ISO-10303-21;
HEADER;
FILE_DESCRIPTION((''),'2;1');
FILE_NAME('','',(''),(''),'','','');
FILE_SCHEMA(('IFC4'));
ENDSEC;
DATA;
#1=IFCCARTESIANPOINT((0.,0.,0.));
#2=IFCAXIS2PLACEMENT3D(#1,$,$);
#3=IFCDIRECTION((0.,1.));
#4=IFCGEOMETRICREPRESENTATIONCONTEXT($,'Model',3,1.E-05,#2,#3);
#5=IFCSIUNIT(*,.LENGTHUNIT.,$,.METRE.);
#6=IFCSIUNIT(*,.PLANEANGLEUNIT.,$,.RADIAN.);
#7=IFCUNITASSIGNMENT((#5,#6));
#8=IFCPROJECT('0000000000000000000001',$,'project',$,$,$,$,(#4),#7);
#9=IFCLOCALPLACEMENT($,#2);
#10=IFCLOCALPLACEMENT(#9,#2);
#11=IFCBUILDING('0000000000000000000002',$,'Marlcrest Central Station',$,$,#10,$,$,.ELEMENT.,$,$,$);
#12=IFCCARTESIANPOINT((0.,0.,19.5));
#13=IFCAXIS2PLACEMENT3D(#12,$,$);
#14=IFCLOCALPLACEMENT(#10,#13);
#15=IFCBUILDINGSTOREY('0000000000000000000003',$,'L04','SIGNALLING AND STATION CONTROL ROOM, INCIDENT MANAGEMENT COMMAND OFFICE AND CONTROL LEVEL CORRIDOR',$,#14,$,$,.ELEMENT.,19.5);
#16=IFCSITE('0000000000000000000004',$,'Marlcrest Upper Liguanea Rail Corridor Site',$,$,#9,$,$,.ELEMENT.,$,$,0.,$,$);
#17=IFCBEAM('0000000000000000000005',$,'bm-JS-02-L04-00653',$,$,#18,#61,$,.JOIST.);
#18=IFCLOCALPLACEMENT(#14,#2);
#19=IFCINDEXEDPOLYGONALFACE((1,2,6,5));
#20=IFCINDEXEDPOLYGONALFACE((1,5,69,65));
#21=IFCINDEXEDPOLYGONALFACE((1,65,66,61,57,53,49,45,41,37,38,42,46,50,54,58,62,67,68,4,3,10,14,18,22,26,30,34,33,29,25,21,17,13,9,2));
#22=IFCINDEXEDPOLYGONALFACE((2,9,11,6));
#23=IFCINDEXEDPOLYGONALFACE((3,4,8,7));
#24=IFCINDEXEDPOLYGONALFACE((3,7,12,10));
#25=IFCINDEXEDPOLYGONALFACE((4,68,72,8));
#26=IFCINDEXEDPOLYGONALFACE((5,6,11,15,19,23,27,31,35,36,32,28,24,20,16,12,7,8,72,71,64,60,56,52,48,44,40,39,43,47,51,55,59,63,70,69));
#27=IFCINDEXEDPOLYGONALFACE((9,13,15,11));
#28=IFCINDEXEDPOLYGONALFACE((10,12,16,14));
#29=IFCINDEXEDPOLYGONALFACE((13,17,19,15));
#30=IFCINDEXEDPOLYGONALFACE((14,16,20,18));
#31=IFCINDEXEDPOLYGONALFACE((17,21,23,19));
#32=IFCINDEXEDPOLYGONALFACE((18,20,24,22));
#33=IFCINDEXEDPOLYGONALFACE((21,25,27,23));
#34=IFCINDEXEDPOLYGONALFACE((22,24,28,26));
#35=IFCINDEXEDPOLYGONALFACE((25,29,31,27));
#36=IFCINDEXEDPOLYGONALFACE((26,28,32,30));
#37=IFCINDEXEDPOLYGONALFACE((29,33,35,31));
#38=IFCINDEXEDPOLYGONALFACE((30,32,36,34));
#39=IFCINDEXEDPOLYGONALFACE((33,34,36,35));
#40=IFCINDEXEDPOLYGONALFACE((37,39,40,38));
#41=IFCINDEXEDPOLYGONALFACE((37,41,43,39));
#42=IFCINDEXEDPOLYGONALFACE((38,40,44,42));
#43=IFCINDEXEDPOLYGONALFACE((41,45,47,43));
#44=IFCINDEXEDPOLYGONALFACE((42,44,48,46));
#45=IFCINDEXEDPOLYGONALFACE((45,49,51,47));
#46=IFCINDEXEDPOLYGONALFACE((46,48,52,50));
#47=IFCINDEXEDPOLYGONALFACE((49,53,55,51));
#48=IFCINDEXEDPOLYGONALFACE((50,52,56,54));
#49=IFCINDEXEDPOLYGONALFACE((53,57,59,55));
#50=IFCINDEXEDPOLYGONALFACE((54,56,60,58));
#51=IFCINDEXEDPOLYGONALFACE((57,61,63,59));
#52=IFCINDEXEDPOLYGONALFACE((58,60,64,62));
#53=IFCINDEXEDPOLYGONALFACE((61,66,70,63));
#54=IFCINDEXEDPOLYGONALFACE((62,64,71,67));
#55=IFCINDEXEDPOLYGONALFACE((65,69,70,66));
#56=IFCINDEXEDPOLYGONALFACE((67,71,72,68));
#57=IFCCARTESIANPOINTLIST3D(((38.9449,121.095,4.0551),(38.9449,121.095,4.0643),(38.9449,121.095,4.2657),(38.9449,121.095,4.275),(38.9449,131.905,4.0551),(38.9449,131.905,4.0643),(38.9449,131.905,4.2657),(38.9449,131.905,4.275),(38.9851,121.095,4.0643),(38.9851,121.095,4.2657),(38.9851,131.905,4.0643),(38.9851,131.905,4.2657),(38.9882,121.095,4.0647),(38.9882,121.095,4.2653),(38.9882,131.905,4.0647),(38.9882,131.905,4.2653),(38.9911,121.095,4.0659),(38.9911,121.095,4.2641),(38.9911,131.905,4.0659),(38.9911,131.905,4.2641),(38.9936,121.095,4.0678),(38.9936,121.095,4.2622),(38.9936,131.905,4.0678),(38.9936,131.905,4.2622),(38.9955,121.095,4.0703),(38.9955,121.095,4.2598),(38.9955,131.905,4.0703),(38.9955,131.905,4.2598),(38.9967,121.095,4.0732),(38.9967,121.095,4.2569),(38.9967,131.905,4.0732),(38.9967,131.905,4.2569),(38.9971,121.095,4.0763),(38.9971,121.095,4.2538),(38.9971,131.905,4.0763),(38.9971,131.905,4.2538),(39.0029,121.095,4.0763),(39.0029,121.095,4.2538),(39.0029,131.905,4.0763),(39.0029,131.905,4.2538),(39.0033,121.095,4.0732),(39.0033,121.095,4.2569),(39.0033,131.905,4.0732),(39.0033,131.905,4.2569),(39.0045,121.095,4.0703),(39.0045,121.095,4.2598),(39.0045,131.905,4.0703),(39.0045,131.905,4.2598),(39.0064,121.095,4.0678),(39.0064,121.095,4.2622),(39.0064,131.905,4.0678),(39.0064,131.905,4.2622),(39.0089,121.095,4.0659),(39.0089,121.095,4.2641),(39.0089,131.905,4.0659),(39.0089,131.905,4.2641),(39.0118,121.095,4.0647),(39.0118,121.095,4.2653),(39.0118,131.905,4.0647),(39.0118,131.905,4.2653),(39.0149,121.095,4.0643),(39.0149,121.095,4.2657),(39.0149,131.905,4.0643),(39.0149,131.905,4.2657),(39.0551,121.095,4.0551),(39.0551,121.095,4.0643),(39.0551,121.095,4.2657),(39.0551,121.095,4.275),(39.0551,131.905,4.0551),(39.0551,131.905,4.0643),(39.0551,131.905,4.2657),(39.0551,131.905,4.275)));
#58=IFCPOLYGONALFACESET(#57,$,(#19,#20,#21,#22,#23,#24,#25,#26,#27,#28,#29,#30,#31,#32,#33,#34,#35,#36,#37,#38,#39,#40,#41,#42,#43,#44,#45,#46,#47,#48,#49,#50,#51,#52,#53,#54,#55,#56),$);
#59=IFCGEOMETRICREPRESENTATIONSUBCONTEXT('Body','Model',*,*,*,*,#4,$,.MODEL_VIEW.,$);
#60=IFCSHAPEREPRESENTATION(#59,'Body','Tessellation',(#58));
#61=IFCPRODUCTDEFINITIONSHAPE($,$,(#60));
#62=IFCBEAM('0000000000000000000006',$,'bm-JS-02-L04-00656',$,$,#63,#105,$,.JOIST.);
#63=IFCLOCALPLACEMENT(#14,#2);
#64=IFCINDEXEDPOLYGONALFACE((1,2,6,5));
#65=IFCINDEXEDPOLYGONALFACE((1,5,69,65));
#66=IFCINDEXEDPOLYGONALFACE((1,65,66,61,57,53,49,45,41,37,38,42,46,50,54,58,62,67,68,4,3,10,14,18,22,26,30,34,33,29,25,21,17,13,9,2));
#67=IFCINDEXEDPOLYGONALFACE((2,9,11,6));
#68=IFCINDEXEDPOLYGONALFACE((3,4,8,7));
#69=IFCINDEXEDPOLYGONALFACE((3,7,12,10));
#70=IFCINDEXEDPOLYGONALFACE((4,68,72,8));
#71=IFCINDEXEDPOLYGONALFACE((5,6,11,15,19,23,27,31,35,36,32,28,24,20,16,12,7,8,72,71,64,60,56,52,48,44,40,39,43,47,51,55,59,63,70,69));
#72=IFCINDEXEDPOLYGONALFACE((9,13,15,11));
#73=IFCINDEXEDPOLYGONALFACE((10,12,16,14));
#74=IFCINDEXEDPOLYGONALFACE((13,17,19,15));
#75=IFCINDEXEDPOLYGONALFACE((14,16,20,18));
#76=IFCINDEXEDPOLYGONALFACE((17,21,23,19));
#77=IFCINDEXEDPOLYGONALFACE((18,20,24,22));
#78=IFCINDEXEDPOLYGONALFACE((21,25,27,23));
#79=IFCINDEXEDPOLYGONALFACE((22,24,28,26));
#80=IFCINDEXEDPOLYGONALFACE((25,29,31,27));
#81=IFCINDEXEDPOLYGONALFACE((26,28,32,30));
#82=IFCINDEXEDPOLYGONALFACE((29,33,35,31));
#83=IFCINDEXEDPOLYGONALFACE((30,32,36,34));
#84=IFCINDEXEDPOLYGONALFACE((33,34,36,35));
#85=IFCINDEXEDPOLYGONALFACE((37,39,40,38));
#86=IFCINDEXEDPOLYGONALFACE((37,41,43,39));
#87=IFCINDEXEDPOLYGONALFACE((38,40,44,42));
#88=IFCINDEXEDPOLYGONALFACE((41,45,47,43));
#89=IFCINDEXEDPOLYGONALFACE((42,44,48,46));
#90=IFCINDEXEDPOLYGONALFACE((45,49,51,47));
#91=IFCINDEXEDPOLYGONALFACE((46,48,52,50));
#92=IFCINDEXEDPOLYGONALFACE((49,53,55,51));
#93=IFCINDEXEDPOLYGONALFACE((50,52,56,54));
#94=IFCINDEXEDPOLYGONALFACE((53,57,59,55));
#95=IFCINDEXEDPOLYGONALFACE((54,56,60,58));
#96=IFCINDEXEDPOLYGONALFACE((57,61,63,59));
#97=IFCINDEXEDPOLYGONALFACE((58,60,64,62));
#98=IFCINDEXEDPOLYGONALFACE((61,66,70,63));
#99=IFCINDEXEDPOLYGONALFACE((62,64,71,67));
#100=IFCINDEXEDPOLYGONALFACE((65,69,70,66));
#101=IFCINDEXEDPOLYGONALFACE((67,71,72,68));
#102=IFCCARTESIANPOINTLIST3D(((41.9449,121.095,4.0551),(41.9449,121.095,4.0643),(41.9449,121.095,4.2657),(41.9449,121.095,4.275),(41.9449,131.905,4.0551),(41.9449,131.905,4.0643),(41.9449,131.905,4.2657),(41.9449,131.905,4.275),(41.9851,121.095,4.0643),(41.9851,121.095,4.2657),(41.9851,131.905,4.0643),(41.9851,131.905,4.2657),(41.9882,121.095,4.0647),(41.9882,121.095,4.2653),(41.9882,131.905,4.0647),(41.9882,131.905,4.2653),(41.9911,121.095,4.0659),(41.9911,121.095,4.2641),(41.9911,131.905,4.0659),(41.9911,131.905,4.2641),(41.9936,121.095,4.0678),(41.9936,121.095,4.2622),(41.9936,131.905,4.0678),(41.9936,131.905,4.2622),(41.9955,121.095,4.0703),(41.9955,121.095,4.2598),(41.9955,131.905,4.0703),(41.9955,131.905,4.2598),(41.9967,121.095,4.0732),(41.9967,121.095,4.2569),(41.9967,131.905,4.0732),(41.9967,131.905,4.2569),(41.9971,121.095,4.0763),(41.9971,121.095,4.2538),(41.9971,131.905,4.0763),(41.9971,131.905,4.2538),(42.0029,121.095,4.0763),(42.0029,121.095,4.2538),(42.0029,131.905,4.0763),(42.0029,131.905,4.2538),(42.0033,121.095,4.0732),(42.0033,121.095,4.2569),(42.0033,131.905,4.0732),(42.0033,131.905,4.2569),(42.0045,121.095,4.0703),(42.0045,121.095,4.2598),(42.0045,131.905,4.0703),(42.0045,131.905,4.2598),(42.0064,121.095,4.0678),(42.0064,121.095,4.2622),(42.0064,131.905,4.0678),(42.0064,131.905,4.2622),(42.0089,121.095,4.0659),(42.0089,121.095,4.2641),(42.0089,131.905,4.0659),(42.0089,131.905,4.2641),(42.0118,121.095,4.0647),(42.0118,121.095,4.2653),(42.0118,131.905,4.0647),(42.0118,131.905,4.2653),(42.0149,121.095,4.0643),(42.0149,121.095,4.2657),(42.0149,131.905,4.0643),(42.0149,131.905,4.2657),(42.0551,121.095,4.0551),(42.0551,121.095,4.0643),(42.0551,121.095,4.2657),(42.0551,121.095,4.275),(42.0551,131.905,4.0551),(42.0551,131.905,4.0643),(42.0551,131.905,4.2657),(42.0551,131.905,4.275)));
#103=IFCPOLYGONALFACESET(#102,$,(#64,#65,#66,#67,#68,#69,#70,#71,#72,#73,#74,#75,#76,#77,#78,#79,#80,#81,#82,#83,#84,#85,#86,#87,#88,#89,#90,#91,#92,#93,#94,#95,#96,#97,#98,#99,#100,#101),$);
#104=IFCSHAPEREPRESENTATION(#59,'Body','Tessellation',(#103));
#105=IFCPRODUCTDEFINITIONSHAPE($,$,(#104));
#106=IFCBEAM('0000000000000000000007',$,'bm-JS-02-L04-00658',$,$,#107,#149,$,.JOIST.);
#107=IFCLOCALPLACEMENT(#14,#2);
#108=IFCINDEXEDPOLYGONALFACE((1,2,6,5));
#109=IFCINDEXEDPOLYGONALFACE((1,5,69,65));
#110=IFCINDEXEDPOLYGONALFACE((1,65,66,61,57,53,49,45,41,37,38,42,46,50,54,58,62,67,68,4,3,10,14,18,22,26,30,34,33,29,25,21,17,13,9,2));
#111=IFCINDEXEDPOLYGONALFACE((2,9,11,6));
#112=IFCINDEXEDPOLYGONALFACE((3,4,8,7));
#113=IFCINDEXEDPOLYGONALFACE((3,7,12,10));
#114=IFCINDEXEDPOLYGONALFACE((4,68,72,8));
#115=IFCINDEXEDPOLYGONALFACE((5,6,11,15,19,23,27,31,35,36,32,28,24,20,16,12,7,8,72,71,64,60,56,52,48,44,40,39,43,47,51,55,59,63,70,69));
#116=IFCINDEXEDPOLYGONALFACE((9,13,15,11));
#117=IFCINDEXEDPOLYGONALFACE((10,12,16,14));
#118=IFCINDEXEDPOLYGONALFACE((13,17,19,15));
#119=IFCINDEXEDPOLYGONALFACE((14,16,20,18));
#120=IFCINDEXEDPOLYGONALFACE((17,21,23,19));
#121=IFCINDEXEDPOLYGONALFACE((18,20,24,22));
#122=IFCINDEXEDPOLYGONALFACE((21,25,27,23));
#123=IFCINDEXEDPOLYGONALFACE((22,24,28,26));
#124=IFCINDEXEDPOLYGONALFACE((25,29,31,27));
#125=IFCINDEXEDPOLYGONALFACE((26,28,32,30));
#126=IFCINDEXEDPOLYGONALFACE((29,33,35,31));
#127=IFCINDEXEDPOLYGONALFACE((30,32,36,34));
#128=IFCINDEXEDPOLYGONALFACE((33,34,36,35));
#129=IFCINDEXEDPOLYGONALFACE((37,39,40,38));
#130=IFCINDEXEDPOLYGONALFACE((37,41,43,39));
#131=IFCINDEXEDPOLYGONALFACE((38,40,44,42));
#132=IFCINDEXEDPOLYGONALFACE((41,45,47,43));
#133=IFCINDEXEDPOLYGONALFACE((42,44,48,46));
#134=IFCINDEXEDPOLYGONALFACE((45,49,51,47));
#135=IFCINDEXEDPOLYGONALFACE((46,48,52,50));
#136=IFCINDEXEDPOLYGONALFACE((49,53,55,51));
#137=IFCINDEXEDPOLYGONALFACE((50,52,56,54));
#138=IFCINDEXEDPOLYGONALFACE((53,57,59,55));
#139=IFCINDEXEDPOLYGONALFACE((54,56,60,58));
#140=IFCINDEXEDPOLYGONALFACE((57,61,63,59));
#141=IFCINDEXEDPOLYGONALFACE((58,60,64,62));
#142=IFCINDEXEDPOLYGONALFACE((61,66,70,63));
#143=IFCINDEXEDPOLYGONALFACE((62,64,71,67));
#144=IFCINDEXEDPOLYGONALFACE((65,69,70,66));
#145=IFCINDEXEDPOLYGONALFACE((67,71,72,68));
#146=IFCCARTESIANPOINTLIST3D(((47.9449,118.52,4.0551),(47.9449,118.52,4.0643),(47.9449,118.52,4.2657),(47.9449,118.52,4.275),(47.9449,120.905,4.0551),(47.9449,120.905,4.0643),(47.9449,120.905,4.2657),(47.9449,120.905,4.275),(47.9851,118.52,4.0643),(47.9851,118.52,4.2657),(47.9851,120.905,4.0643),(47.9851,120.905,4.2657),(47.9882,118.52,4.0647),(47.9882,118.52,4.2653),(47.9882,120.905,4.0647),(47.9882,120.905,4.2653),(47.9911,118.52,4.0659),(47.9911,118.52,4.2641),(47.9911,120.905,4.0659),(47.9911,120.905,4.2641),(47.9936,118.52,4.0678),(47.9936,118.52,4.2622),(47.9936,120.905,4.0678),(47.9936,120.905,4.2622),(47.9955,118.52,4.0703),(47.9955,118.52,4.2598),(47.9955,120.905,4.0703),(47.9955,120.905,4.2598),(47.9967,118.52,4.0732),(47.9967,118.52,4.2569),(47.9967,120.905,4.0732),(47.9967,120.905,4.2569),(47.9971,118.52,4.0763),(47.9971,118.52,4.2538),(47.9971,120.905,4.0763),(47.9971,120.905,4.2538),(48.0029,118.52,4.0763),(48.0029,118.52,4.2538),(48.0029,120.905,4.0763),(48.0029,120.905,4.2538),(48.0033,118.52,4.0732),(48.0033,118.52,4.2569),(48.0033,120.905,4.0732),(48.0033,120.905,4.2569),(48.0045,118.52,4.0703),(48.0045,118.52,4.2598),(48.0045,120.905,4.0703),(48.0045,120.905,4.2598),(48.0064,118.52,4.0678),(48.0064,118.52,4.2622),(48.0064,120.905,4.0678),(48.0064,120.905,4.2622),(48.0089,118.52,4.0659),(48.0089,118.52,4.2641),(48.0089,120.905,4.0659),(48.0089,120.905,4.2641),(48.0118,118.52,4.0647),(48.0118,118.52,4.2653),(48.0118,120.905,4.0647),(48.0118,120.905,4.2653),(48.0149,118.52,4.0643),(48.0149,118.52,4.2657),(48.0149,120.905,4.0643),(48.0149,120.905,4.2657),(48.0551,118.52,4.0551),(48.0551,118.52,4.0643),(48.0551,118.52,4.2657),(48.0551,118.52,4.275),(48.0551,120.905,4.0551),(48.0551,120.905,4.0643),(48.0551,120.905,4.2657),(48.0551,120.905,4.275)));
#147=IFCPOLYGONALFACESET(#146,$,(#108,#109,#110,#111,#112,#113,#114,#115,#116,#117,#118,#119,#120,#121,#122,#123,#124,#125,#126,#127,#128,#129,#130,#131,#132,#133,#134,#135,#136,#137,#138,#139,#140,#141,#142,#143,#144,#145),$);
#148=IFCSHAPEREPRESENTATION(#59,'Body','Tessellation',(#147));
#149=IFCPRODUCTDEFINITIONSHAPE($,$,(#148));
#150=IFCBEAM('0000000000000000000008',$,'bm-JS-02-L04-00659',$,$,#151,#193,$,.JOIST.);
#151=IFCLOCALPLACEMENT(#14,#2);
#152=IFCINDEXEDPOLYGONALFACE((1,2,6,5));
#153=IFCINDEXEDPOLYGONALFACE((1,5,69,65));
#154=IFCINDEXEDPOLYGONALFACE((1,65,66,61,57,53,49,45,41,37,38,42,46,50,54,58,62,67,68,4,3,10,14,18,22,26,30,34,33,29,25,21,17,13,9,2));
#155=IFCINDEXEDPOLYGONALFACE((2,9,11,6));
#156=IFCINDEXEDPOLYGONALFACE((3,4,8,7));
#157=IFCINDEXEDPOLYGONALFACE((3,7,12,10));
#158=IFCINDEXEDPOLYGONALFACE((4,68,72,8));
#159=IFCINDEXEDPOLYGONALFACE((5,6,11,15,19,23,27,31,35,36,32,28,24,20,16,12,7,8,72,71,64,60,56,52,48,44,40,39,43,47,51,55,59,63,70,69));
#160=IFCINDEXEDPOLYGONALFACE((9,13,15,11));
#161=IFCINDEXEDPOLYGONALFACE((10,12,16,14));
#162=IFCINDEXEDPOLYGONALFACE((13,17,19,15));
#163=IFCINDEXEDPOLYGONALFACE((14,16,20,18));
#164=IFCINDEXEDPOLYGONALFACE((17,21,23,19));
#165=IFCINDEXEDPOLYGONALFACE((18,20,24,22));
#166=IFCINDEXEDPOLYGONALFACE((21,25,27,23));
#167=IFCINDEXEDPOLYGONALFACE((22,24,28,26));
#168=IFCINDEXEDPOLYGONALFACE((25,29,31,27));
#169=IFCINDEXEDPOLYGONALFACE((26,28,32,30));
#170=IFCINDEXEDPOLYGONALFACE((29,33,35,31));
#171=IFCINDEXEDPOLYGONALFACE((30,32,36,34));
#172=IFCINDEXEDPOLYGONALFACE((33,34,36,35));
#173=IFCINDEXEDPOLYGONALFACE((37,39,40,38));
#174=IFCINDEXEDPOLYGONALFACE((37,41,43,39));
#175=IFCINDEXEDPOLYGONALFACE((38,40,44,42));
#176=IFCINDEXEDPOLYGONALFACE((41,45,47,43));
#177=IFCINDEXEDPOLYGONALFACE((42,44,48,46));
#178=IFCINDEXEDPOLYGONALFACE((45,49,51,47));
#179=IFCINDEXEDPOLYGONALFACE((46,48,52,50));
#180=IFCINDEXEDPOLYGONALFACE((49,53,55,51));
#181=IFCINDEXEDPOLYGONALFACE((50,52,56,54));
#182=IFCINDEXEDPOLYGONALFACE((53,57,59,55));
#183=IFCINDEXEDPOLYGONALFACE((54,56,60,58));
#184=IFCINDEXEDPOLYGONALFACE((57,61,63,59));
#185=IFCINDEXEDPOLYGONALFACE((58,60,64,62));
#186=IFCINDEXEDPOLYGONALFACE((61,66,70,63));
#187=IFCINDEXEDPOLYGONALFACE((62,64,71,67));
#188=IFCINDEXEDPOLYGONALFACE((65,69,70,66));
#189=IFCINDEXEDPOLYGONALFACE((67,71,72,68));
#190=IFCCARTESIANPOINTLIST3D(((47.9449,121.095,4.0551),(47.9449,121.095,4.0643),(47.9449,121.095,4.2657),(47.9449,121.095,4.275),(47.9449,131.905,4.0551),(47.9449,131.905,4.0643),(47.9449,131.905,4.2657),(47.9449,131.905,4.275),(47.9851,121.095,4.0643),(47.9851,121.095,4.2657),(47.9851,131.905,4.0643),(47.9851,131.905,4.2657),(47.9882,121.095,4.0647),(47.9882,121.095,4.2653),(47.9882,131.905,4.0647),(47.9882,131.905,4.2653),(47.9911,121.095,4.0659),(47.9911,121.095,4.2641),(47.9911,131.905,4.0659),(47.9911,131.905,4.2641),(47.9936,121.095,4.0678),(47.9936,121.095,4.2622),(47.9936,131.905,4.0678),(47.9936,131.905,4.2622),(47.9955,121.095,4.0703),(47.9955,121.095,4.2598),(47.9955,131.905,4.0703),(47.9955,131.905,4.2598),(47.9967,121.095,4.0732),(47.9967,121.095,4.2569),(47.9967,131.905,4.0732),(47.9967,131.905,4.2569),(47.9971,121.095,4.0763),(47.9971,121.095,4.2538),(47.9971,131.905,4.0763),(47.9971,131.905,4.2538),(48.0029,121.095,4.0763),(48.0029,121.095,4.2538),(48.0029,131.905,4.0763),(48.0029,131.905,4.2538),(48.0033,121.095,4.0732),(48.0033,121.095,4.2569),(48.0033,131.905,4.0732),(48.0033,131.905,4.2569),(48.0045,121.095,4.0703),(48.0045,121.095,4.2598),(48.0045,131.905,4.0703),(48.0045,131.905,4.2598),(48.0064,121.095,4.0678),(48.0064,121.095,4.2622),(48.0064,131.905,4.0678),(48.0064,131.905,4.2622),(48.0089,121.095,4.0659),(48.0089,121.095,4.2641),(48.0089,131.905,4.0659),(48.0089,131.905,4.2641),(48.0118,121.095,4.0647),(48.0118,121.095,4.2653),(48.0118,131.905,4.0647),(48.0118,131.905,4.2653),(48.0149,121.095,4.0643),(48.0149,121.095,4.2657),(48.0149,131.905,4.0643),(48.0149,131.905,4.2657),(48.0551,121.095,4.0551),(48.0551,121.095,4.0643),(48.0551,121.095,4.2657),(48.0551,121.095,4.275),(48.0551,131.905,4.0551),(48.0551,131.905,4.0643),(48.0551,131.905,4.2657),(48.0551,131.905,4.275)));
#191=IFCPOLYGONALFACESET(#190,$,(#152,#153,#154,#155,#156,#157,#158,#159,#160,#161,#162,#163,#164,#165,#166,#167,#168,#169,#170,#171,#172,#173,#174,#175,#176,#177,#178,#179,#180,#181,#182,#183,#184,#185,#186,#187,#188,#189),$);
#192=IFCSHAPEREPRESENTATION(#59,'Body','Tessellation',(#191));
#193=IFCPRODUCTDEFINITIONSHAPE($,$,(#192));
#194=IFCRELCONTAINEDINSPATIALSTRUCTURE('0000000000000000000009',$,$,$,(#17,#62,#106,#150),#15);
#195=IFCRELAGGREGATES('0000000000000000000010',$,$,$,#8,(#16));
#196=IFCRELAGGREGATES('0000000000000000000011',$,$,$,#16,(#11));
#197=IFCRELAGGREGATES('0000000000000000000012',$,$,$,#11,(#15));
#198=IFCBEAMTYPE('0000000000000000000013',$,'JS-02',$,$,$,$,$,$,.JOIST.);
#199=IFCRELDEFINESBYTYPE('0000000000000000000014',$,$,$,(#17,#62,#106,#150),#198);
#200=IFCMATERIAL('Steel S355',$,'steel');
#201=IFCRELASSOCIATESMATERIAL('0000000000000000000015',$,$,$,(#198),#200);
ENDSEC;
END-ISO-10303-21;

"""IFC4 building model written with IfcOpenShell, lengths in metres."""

from ifc_helpers import new_model, si_unit, direction, frame, origin, origin_2d, place, context, subcontext, project, spatial, i_section, extrude, material, material_profile, profile_set, type_object, element, save


model = new_model("IFC4")

# Units and contexts
model_context = context("Model", 3, precision=1e-05, world=origin(), true_north=direction((0.0, 1.0)))
body_context = subcontext(model_context, "Body", "Model", "MODEL_VIEW")
ifc_project = project(units=[si_unit("LENGTHUNIT", "METRE"), si_unit("PLANEANGLEUNIT", "RADIAN")], contexts=[model_context])

# Site, building, storey
site_placement = place(None, origin())
site = spatial("IfcSite", under=ifc_project, at=site_placement, Name="Marlcrest Upper Liguanea Rail Corridor Site", CompositionType="ELEMENT", RefElevation=0.0)
building_placement = place(site_placement, origin())
building = spatial("IfcBuilding", under=site, at=building_placement, Name="Marlcrest Central Station", CompositionType="ELEMENT")
storey_placement = place(building_placement, frame((0.0, 0.0, 19.5)))
storey = spatial("IfcBuildingStorey", under=building, at=storey_placement, Name="L04", Description="SIGNALLING AND STATION CONTROL ROOM, INCIDENT MANAGEMENT COMMAND OFFICE AND CONTROL LEVEL CORRIDOR", CompositionType="ELEMENT", Elevation=19.5)

# Shared definitions
ifc_material_1 = material(Name="Steel S355", Category="steel")

# Beams
ifc_material_profile_1 = material_profile(ifc_material_1, i_section(OverallWidth=0.1101, OverallDepth=0.22, WebThickness=0.0059, FlangeThickness=0.0093, FilletRadius=0.012, at=origin_2d()), Name="IPE 220")
ifc_profile_set_1 = profile_set([ifc_material_profile_1], Name="Steel S355")
beam_type_1 = type_object("IfcBeamType", Name="JS-02", PredefinedType="JOIST", material=ifc_profile_set_1)
for number, where, z_axis, x_axis, name in (
    (1, (39.0, 121.095, 4.165), (0.0, 1.0, 0.0), (-1.0, 0.0, 0.0), "bm-JS-02-L04-00653"),
    (2, (42.0, 121.095, 4.165), (0.0, 1.0, 0.0), (-1.0, 0.0, 0.0), "bm-JS-02-L04-00656"),
):
    element("IfcBeam", number, at=place(storey_placement, frame(where, z_axis=z_axis, x_axis=x_axis)), inside=storey, type_object=beam_type_1, Name=name, PredefinedType="JOIST", context=body_context, shape_type="SweptSolid", body=[
        extrude(i_section(OverallWidth=0.1101, OverallDepth=0.22, WebThickness=0.0059, FlangeThickness=0.0093, FilletRadius=0.012, at=origin_2d()), origin(), (0.0, 0.0, 1.0), 10.8101),
    ])
beam_1_placement = place(storey_placement, frame((48.0, 118.52, 4.165), z_axis=(0.0, 1.0, 0.0), x_axis=(-1.0, 0.0, 0.0)))
element("IfcBeam", 3, at=beam_1_placement, inside=storey, type_object=beam_type_1, Name="bm-JS-02-L04-00658", PredefinedType="JOIST", context=body_context, shape_type="SweptSolid", body=[
    extrude(i_section(OverallWidth=0.1101, OverallDepth=0.22, WebThickness=0.0059, FlangeThickness=0.0093, FilletRadius=0.012, at=origin_2d()), origin(), (0.0, 0.0, 1.0), 2.385),
])
beam_2_placement = place(storey_placement, frame((48.0, 121.095, 4.165), z_axis=(0.0, 1.0, 0.0), x_axis=(-1.0, 0.0, 0.0)))
element("IfcBeam", 4, at=beam_2_placement, inside=storey, type_object=beam_type_1, Name="bm-JS-02-L04-00659", PredefinedType="JOIST", context=body_context, shape_type="SweptSolid", body=[
    extrude(i_section(OverallWidth=0.1101, OverallDepth=0.22, WebThickness=0.0059, FlangeThickness=0.0093, FilletRadius=0.012, at=origin_2d()), origin(), (0.0, 0.0, 1.0), 10.8101),
])

save(model, "model.ifc")
